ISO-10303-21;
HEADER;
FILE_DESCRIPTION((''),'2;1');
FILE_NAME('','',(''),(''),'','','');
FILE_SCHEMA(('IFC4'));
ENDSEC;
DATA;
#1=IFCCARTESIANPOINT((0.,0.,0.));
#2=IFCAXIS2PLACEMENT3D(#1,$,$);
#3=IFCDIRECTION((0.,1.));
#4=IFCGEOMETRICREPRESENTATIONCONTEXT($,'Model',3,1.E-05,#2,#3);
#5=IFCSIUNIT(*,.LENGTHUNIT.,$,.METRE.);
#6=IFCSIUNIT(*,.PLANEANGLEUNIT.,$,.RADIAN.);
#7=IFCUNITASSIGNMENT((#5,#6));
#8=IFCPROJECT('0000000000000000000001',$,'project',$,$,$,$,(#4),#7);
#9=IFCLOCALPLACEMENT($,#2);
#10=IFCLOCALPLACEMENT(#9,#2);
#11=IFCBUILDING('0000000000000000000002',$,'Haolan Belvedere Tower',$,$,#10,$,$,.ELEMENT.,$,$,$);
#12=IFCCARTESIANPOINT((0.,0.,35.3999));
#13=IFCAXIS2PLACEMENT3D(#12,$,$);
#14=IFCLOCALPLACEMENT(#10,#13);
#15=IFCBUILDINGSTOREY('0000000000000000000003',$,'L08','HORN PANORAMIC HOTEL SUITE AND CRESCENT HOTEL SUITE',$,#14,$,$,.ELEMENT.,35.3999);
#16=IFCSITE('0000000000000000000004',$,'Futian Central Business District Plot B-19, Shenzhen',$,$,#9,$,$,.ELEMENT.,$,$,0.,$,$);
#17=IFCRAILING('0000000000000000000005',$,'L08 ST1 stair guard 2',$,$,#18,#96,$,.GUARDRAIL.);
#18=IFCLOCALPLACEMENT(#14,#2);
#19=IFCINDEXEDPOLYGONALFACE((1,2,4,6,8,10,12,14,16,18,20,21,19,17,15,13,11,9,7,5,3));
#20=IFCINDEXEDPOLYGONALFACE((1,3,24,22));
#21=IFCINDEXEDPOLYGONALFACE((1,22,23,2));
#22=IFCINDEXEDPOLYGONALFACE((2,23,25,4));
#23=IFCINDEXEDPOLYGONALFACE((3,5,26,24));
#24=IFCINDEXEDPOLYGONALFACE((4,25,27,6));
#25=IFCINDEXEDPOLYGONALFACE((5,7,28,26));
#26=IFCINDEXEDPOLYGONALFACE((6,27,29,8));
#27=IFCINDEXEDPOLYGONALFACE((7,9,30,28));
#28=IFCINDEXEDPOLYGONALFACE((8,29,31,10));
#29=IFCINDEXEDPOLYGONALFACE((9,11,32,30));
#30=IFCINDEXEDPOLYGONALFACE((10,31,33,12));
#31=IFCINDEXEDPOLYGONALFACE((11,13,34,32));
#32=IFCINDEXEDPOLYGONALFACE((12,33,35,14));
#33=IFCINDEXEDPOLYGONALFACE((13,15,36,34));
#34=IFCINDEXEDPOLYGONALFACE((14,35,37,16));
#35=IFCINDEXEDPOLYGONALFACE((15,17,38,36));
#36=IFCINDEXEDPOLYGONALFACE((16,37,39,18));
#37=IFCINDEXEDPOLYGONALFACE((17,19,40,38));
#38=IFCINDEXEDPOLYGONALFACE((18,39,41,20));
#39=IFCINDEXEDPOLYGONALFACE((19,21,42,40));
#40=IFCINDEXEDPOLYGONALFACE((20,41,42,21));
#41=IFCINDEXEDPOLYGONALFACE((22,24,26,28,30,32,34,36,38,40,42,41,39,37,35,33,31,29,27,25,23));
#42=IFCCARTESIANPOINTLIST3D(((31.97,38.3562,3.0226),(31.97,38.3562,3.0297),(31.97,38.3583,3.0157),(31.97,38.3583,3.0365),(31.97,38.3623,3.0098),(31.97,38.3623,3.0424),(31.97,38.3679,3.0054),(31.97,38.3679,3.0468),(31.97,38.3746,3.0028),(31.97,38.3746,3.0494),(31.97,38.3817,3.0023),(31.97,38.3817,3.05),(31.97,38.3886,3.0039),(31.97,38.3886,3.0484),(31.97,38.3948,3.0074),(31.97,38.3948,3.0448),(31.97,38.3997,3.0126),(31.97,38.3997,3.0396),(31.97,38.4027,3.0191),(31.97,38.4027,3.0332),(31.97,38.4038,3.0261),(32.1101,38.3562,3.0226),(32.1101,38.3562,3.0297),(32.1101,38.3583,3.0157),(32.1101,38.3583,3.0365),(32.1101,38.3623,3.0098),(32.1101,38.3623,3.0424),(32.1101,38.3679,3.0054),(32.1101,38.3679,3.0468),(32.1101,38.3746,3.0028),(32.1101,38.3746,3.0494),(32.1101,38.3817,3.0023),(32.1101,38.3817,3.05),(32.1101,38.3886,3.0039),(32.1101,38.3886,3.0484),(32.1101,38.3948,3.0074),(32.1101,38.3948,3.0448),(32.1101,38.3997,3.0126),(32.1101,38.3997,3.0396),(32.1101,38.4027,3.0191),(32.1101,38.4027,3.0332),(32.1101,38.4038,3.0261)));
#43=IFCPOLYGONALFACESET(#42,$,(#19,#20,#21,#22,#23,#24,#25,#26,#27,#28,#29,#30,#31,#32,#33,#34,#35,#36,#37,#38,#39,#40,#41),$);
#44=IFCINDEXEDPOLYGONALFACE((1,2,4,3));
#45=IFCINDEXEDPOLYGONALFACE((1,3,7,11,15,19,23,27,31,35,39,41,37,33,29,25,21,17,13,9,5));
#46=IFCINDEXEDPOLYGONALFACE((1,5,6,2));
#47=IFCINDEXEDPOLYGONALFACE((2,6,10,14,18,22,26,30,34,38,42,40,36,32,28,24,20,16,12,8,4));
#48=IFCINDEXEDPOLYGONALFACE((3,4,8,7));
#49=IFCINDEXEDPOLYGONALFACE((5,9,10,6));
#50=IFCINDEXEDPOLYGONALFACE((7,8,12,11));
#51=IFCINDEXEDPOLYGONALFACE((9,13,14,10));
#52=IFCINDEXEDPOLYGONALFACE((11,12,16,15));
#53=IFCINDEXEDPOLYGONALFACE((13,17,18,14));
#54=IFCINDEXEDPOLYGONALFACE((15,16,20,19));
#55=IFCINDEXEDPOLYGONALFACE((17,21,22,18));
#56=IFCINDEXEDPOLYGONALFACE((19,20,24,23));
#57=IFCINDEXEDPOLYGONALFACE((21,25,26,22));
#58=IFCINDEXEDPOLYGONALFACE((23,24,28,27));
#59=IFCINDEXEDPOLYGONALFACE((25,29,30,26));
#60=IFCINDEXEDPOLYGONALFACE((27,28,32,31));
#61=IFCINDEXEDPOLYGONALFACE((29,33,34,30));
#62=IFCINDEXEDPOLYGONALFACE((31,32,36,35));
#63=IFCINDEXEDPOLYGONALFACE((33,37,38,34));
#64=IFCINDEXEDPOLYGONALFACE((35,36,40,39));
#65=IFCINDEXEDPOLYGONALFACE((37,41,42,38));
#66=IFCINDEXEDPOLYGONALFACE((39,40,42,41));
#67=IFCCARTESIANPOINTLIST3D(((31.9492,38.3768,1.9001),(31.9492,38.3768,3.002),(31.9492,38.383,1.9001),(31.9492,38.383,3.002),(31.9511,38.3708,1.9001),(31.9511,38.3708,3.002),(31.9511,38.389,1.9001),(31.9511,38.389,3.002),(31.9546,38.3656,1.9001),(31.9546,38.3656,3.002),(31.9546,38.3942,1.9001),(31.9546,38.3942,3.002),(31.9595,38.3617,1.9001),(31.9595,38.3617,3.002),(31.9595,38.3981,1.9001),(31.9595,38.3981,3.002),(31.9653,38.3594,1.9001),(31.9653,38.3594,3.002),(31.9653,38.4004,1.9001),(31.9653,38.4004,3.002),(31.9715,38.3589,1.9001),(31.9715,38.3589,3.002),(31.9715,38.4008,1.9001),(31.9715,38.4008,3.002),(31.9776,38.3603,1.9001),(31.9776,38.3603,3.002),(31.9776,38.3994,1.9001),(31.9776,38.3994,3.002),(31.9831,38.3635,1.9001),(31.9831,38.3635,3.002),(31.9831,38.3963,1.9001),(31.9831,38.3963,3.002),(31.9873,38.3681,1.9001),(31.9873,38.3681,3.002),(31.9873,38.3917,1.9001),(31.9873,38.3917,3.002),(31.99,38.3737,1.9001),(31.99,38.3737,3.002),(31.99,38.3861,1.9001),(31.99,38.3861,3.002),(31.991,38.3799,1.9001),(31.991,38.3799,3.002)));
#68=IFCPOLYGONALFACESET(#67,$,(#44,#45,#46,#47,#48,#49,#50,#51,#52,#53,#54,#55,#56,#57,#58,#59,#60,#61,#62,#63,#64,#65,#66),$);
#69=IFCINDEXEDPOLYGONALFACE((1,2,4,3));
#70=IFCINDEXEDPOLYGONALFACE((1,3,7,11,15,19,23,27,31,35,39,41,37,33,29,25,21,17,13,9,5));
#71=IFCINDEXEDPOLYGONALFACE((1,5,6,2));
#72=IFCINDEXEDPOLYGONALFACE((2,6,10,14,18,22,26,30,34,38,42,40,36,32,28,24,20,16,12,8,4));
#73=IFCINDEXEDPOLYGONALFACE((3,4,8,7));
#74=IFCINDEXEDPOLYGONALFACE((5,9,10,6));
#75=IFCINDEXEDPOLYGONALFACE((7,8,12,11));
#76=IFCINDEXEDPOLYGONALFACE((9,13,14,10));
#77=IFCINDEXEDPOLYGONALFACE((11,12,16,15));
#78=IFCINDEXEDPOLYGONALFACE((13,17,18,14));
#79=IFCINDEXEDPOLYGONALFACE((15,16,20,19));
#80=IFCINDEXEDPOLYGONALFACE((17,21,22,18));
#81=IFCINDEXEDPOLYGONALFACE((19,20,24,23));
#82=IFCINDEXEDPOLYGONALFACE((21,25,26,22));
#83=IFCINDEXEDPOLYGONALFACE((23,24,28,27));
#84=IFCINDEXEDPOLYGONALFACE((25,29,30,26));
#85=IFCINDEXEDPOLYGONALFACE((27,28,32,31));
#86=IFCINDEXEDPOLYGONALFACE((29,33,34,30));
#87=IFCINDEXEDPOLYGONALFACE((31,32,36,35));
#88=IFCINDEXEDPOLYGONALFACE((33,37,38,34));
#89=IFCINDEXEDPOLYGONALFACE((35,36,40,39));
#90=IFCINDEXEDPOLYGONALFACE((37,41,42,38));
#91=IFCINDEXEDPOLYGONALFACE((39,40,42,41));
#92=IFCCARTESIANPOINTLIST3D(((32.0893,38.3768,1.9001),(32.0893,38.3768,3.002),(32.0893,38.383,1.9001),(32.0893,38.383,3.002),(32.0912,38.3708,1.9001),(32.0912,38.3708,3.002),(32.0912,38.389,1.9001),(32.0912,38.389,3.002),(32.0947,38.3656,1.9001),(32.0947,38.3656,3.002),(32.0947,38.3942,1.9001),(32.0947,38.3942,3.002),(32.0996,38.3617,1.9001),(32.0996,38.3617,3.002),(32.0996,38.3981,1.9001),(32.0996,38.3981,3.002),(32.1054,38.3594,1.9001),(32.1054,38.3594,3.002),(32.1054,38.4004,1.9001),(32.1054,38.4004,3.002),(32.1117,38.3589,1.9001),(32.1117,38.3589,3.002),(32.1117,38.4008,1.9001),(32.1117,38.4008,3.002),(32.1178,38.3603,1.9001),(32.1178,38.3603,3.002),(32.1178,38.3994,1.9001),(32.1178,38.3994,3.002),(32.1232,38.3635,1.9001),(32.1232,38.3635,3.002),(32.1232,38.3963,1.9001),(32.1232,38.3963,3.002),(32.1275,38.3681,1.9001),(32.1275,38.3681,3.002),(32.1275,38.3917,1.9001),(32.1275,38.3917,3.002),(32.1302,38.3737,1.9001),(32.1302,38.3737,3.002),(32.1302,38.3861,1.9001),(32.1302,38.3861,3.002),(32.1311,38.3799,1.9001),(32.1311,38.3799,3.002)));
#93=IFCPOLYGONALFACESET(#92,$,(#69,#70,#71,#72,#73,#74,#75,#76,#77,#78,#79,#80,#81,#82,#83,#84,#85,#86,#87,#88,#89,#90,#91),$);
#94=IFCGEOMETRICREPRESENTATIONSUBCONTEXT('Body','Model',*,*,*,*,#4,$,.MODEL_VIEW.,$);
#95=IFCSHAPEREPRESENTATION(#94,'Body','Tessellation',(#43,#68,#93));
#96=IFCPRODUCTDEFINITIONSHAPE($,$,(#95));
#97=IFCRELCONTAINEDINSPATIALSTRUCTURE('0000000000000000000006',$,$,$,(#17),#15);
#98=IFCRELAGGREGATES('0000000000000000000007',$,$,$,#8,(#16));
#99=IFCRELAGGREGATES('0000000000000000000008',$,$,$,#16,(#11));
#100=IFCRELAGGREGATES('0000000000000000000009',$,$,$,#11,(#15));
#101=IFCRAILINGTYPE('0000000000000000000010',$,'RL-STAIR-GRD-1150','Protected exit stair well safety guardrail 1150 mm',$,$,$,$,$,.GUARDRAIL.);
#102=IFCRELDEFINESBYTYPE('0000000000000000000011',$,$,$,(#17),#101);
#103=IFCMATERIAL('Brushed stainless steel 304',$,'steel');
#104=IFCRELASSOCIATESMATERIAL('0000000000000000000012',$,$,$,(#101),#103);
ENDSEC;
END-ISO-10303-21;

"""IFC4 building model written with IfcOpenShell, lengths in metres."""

from ifc_helpers import new_model, si_unit, direction, frame, origin, origin_2d, place, context, subcontext, project, spatial, circle, extrude, material, type_object, element, save


model = new_model("IFC4")

# Units and contexts
model_context = context("Model", 3, precision=1e-05, world=origin(), true_north=direction((0.0, 1.0)))
body_context = subcontext(model_context, "Body", "Model", "MODEL_VIEW")
ifc_project = project(units=[si_unit("LENGTHUNIT", "METRE"), si_unit("PLANEANGLEUNIT", "RADIAN")], contexts=[model_context])

# Site, building, storey
site_placement = place(None, origin())
site = spatial("IfcSite", under=ifc_project, at=site_placement, Name="Futian Central Business District Plot B-19, Shenzhen", CompositionType="ELEMENT", RefElevation=0.0)
building_placement = place(site_placement, origin())
building = spatial("IfcBuilding", under=site, at=building_placement, Name="Haolan Belvedere Tower", CompositionType="ELEMENT")
storey_placement = place(building_placement, frame((0.0, 0.0, 35.3999)))
storey = spatial("IfcBuildingStorey", under=building, at=storey_placement, Name="L08", Description="HORN PANORAMIC HOTEL SUITE AND CRESCENT HOTEL SUITE", CompositionType="ELEMENT", Elevation=35.3999)

# Railing
ifc_material_1 = material(Name="Brushed stainless steel 304", Category="steel")
railing_type_1 = type_object("IfcRailingType", Name="RL-STAIR-GRD-1150", Description="Protected exit stair well safety guardrail 1150 mm", PredefinedType="GUARDRAIL", material=ifc_material_1)
railing_1_placement = place(storey_placement, frame((31.97, 38.3799, 1.9001)))
element("IfcRailing", 1, at=railing_1_placement, inside=storey, type_object=railing_type_1, Name="L08 ST1 stair guard 2", PredefinedType="GUARDRAIL", context=body_context, shape_type="SweptSolid", body=[
    extrude(circle(Radius=0.0239, at=origin_2d()), frame((0.0, 0.0, 1.126), z_axis=(1.0, 0.0, 0.0), x_axis=(0.0, 1.0, 0.0)), (0.0, 0.0, 1.0), 0.1401),
    extrude(circle(Radius=0.021, at=origin_2d()), origin(), (0.0, 0.0, 1.0), 1.1018),
    extrude(circle(Radius=0.021, at=origin_2d()), frame((0.1401, 0.0, 0.0)), (0.0, 0.0, 1.0), 1.1018),
])

save(model, "model.ifc")
